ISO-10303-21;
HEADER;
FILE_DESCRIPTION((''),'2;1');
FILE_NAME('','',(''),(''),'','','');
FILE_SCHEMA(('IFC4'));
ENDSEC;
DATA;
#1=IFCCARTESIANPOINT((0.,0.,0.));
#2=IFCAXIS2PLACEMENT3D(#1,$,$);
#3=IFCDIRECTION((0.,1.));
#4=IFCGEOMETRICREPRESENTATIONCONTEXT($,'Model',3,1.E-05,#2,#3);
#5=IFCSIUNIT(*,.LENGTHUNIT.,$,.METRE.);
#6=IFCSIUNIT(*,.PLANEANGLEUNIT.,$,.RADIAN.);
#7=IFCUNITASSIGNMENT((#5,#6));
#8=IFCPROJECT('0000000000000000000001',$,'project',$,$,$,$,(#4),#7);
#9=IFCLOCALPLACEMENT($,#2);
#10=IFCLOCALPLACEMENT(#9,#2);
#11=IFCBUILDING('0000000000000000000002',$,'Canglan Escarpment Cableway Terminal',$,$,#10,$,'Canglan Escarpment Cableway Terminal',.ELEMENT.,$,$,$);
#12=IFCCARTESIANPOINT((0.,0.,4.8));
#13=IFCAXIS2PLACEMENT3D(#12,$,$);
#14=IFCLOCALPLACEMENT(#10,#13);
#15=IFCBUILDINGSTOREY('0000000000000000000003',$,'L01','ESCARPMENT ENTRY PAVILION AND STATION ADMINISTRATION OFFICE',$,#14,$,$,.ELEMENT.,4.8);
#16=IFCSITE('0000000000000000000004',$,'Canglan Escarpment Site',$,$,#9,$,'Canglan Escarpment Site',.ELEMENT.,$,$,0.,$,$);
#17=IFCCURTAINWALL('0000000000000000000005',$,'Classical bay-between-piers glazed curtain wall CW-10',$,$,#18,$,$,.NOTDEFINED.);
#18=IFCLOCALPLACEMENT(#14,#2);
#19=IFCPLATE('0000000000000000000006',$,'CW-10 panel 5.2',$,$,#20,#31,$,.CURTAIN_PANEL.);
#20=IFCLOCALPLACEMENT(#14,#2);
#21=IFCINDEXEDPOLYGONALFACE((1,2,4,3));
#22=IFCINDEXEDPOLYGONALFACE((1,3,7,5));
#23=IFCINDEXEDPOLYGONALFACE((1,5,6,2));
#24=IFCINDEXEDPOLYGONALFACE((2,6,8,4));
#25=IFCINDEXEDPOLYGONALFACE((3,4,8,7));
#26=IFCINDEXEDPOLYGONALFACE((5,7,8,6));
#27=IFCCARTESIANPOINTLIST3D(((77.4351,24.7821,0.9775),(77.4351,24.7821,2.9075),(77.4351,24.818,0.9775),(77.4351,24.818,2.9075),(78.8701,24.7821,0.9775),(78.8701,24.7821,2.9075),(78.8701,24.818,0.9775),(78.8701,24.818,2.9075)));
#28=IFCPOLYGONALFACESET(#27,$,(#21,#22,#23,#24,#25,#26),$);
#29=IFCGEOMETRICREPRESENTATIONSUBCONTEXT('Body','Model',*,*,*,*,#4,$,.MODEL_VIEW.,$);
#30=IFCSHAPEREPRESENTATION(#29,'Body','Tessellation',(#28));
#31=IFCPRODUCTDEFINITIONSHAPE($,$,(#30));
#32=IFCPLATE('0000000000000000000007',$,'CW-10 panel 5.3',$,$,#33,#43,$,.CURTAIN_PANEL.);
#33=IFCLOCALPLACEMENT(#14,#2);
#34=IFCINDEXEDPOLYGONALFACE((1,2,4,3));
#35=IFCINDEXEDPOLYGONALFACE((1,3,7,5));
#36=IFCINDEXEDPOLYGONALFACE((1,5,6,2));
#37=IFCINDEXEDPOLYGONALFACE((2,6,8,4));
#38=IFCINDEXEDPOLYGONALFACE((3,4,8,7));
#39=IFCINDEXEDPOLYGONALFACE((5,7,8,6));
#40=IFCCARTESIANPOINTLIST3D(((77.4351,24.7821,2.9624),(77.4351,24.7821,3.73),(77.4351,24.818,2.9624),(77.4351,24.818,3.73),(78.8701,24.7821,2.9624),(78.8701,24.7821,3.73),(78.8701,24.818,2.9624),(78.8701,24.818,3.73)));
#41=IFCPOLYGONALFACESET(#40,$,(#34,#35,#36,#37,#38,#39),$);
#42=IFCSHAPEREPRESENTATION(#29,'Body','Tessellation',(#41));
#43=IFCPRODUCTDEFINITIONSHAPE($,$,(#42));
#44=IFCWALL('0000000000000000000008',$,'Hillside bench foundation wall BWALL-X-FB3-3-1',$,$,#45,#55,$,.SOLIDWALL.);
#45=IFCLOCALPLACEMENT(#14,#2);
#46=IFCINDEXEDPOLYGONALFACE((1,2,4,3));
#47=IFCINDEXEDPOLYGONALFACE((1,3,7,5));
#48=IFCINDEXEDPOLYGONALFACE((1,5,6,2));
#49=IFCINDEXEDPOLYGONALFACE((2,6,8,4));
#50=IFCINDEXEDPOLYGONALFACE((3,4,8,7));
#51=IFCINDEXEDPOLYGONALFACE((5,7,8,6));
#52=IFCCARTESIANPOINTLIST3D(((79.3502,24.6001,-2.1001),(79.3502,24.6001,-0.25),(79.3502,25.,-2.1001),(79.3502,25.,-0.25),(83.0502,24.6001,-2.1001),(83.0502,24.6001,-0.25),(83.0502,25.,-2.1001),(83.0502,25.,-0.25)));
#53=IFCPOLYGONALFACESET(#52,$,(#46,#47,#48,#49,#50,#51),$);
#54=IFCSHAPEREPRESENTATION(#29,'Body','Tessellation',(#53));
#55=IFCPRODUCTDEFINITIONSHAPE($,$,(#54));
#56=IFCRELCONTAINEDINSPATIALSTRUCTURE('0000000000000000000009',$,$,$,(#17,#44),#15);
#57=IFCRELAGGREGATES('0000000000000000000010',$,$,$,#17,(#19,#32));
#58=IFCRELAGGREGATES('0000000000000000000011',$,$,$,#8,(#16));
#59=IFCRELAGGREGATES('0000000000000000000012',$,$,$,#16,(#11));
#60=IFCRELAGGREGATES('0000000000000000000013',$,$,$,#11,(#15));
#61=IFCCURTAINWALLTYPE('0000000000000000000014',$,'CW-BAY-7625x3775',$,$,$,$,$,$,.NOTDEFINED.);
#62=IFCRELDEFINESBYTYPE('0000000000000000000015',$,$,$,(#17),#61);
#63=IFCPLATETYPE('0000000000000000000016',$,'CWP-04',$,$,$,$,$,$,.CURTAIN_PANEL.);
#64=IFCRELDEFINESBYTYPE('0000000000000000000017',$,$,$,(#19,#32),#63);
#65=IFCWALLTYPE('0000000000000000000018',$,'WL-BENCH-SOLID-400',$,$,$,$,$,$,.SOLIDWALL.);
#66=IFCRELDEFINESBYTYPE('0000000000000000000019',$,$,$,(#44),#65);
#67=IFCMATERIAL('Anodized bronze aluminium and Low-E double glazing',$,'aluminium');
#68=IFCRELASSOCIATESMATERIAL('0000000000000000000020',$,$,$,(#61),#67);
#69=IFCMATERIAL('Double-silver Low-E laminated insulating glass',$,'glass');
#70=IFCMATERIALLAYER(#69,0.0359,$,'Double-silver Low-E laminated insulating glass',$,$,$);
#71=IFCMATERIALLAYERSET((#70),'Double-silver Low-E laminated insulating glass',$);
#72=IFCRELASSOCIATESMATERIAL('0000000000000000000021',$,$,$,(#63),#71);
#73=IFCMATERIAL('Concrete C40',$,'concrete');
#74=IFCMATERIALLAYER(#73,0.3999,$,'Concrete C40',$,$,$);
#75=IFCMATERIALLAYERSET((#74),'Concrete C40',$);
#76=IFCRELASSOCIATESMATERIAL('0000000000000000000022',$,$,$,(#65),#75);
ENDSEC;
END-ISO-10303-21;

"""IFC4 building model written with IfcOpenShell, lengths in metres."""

from ifc_helpers import new_model, si_unit, direction, frame, frame_2d, origin, origin_2d, place, context, subcontext, project, spatial, rectangle, extrude, material, layer, layer_set, type_object, element, aggregate, save


model = new_model("IFC4")

# Units and contexts
model_context = context("Model", 3, precision=1e-05, world=origin(), true_north=direction((0.0, 1.0)))
body_context = subcontext(model_context, "Body", "Model", "MODEL_VIEW")
ifc_project = project(units=[si_unit("LENGTHUNIT", "METRE"), si_unit("PLANEANGLEUNIT", "RADIAN")], contexts=[model_context])

# Site, building, storey
site_placement = place(None, origin())
site = spatial("IfcSite", under=ifc_project, at=site_placement, Name="Canglan Escarpment Site", LongName="Canglan Escarpment Site", CompositionType="ELEMENT", RefElevation=0.0)
building_placement = place(site_placement, origin())
building = spatial("IfcBuilding", under=site, at=building_placement, Name="Canglan Escarpment Cableway Terminal", LongName="Canglan Escarpment Cableway Terminal", CompositionType="ELEMENT")
storey_placement = place(building_placement, frame((0.0, 0.0, 4.8)))
storey = spatial("IfcBuildingStorey", under=building, at=storey_placement, Name="L01", Description="ESCARPMENT ENTRY PAVILION AND STATION ADMINISTRATION OFFICE", CompositionType="ELEMENT", Elevation=4.8)

# Shared definitions
ifc_material_1 = material(Name="Concrete C40", Category="concrete")

# Curtain wall, plates
ifc_material_2 = material(Name="Anodized bronze aluminium and Low-E double glazing", Category="aluminium")
curtain_wall_type = type_object("IfcCurtainWallType", Name="CW-BAY-7625x3775", PredefinedType="NOTDEFINED", material=ifc_material_2)
curtain_wall_placement = place(storey_placement, origin())
curtain_wall = element("IfcCurtainWall", 1, at=curtain_wall_placement, inside=storey, type_object=curtain_wall_type, Name="Classical bay-between-piers glazed curtain wall CW-10", PredefinedType="NOTDEFINED")
ifc_material_3 = material(Name="Double-silver Low-E laminated insulating glass", Category="glass")
ifc_layer_1 = layer(ifc_material_3, 0.0359, Name="Double-silver Low-E laminated insulating glass")
ifc_layer_set_1 = layer_set([ifc_layer_1], Name="Double-silver Low-E laminated insulating glass")
plate_type = type_object("IfcPlateType", Name="CWP-04", PredefinedType="CURTAIN_PANEL", material=ifc_layer_set_1)
plate_1_placement = place(storey_placement, frame((78.1526, 24.8, 0.9775), z_axis=(0.0, 0.0, 1.0), x_axis=(-1.0, 0.0, 0.0)))
plate_1 = element("IfcPlate", 2, at=plate_1_placement, type_object=plate_type, Name="CW-10 panel 5.2", PredefinedType="CURTAIN_PANEL", context=body_context, shape_type="SweptSolid", body=[
    extrude(rectangle(XDim=1.4351, YDim=0.0359, at=origin_2d()), origin(), (0.0, 0.0, 1.0), 1.9299),
])
plate_2_placement = place(storey_placement, frame((78.1526, 24.8, 2.9624), z_axis=(0.0, 0.0, 1.0), x_axis=(-1.0, 0.0, 0.0)))
plate_2 = element("IfcPlate", 3, at=plate_2_placement, type_object=plate_type, Name="CW-10 panel 5.3", PredefinedType="CURTAIN_PANEL", context=body_context, shape_type="SweptSolid", body=[
    extrude(rectangle(XDim=1.4351, YDim=0.0359, at=origin_2d()), origin(), (0.0, 0.0, 1.0), 0.7676),
])
aggregate(curtain_wall, [plate_1, plate_2])

# Wall
ifc_layer_2 = layer(ifc_material_1, 0.3999, Name="Concrete C40")
ifc_layer_set_2 = layer_set([ifc_layer_2], Name="Concrete C40")
wall_type = type_object("IfcWallType", Name="WL-BENCH-SOLID-400", PredefinedType="SOLIDWALL", material=ifc_layer_set_2)
wall_placement = place(storey_placement, frame((79.3501, 24.8, -2.1001), z_axis=(0.0, 0.0, 1.0), x_axis=(1.0, 0.0, 0.0)))
element("IfcWall", 4, at=wall_placement, inside=storey, type_object=wall_type, Name="Hillside bench foundation wall BWALL-X-FB3-3-1", PredefinedType="SOLIDWALL", context=body_context, shape_type="SweptSolid", body=[
    extrude(rectangle(XDim=3.7, YDim=0.3999, at=frame_2d((1.8501, 0.0))), origin(), (0.0, 0.0, 1.0), 1.8501),
])

save(model, "model.ifc")
